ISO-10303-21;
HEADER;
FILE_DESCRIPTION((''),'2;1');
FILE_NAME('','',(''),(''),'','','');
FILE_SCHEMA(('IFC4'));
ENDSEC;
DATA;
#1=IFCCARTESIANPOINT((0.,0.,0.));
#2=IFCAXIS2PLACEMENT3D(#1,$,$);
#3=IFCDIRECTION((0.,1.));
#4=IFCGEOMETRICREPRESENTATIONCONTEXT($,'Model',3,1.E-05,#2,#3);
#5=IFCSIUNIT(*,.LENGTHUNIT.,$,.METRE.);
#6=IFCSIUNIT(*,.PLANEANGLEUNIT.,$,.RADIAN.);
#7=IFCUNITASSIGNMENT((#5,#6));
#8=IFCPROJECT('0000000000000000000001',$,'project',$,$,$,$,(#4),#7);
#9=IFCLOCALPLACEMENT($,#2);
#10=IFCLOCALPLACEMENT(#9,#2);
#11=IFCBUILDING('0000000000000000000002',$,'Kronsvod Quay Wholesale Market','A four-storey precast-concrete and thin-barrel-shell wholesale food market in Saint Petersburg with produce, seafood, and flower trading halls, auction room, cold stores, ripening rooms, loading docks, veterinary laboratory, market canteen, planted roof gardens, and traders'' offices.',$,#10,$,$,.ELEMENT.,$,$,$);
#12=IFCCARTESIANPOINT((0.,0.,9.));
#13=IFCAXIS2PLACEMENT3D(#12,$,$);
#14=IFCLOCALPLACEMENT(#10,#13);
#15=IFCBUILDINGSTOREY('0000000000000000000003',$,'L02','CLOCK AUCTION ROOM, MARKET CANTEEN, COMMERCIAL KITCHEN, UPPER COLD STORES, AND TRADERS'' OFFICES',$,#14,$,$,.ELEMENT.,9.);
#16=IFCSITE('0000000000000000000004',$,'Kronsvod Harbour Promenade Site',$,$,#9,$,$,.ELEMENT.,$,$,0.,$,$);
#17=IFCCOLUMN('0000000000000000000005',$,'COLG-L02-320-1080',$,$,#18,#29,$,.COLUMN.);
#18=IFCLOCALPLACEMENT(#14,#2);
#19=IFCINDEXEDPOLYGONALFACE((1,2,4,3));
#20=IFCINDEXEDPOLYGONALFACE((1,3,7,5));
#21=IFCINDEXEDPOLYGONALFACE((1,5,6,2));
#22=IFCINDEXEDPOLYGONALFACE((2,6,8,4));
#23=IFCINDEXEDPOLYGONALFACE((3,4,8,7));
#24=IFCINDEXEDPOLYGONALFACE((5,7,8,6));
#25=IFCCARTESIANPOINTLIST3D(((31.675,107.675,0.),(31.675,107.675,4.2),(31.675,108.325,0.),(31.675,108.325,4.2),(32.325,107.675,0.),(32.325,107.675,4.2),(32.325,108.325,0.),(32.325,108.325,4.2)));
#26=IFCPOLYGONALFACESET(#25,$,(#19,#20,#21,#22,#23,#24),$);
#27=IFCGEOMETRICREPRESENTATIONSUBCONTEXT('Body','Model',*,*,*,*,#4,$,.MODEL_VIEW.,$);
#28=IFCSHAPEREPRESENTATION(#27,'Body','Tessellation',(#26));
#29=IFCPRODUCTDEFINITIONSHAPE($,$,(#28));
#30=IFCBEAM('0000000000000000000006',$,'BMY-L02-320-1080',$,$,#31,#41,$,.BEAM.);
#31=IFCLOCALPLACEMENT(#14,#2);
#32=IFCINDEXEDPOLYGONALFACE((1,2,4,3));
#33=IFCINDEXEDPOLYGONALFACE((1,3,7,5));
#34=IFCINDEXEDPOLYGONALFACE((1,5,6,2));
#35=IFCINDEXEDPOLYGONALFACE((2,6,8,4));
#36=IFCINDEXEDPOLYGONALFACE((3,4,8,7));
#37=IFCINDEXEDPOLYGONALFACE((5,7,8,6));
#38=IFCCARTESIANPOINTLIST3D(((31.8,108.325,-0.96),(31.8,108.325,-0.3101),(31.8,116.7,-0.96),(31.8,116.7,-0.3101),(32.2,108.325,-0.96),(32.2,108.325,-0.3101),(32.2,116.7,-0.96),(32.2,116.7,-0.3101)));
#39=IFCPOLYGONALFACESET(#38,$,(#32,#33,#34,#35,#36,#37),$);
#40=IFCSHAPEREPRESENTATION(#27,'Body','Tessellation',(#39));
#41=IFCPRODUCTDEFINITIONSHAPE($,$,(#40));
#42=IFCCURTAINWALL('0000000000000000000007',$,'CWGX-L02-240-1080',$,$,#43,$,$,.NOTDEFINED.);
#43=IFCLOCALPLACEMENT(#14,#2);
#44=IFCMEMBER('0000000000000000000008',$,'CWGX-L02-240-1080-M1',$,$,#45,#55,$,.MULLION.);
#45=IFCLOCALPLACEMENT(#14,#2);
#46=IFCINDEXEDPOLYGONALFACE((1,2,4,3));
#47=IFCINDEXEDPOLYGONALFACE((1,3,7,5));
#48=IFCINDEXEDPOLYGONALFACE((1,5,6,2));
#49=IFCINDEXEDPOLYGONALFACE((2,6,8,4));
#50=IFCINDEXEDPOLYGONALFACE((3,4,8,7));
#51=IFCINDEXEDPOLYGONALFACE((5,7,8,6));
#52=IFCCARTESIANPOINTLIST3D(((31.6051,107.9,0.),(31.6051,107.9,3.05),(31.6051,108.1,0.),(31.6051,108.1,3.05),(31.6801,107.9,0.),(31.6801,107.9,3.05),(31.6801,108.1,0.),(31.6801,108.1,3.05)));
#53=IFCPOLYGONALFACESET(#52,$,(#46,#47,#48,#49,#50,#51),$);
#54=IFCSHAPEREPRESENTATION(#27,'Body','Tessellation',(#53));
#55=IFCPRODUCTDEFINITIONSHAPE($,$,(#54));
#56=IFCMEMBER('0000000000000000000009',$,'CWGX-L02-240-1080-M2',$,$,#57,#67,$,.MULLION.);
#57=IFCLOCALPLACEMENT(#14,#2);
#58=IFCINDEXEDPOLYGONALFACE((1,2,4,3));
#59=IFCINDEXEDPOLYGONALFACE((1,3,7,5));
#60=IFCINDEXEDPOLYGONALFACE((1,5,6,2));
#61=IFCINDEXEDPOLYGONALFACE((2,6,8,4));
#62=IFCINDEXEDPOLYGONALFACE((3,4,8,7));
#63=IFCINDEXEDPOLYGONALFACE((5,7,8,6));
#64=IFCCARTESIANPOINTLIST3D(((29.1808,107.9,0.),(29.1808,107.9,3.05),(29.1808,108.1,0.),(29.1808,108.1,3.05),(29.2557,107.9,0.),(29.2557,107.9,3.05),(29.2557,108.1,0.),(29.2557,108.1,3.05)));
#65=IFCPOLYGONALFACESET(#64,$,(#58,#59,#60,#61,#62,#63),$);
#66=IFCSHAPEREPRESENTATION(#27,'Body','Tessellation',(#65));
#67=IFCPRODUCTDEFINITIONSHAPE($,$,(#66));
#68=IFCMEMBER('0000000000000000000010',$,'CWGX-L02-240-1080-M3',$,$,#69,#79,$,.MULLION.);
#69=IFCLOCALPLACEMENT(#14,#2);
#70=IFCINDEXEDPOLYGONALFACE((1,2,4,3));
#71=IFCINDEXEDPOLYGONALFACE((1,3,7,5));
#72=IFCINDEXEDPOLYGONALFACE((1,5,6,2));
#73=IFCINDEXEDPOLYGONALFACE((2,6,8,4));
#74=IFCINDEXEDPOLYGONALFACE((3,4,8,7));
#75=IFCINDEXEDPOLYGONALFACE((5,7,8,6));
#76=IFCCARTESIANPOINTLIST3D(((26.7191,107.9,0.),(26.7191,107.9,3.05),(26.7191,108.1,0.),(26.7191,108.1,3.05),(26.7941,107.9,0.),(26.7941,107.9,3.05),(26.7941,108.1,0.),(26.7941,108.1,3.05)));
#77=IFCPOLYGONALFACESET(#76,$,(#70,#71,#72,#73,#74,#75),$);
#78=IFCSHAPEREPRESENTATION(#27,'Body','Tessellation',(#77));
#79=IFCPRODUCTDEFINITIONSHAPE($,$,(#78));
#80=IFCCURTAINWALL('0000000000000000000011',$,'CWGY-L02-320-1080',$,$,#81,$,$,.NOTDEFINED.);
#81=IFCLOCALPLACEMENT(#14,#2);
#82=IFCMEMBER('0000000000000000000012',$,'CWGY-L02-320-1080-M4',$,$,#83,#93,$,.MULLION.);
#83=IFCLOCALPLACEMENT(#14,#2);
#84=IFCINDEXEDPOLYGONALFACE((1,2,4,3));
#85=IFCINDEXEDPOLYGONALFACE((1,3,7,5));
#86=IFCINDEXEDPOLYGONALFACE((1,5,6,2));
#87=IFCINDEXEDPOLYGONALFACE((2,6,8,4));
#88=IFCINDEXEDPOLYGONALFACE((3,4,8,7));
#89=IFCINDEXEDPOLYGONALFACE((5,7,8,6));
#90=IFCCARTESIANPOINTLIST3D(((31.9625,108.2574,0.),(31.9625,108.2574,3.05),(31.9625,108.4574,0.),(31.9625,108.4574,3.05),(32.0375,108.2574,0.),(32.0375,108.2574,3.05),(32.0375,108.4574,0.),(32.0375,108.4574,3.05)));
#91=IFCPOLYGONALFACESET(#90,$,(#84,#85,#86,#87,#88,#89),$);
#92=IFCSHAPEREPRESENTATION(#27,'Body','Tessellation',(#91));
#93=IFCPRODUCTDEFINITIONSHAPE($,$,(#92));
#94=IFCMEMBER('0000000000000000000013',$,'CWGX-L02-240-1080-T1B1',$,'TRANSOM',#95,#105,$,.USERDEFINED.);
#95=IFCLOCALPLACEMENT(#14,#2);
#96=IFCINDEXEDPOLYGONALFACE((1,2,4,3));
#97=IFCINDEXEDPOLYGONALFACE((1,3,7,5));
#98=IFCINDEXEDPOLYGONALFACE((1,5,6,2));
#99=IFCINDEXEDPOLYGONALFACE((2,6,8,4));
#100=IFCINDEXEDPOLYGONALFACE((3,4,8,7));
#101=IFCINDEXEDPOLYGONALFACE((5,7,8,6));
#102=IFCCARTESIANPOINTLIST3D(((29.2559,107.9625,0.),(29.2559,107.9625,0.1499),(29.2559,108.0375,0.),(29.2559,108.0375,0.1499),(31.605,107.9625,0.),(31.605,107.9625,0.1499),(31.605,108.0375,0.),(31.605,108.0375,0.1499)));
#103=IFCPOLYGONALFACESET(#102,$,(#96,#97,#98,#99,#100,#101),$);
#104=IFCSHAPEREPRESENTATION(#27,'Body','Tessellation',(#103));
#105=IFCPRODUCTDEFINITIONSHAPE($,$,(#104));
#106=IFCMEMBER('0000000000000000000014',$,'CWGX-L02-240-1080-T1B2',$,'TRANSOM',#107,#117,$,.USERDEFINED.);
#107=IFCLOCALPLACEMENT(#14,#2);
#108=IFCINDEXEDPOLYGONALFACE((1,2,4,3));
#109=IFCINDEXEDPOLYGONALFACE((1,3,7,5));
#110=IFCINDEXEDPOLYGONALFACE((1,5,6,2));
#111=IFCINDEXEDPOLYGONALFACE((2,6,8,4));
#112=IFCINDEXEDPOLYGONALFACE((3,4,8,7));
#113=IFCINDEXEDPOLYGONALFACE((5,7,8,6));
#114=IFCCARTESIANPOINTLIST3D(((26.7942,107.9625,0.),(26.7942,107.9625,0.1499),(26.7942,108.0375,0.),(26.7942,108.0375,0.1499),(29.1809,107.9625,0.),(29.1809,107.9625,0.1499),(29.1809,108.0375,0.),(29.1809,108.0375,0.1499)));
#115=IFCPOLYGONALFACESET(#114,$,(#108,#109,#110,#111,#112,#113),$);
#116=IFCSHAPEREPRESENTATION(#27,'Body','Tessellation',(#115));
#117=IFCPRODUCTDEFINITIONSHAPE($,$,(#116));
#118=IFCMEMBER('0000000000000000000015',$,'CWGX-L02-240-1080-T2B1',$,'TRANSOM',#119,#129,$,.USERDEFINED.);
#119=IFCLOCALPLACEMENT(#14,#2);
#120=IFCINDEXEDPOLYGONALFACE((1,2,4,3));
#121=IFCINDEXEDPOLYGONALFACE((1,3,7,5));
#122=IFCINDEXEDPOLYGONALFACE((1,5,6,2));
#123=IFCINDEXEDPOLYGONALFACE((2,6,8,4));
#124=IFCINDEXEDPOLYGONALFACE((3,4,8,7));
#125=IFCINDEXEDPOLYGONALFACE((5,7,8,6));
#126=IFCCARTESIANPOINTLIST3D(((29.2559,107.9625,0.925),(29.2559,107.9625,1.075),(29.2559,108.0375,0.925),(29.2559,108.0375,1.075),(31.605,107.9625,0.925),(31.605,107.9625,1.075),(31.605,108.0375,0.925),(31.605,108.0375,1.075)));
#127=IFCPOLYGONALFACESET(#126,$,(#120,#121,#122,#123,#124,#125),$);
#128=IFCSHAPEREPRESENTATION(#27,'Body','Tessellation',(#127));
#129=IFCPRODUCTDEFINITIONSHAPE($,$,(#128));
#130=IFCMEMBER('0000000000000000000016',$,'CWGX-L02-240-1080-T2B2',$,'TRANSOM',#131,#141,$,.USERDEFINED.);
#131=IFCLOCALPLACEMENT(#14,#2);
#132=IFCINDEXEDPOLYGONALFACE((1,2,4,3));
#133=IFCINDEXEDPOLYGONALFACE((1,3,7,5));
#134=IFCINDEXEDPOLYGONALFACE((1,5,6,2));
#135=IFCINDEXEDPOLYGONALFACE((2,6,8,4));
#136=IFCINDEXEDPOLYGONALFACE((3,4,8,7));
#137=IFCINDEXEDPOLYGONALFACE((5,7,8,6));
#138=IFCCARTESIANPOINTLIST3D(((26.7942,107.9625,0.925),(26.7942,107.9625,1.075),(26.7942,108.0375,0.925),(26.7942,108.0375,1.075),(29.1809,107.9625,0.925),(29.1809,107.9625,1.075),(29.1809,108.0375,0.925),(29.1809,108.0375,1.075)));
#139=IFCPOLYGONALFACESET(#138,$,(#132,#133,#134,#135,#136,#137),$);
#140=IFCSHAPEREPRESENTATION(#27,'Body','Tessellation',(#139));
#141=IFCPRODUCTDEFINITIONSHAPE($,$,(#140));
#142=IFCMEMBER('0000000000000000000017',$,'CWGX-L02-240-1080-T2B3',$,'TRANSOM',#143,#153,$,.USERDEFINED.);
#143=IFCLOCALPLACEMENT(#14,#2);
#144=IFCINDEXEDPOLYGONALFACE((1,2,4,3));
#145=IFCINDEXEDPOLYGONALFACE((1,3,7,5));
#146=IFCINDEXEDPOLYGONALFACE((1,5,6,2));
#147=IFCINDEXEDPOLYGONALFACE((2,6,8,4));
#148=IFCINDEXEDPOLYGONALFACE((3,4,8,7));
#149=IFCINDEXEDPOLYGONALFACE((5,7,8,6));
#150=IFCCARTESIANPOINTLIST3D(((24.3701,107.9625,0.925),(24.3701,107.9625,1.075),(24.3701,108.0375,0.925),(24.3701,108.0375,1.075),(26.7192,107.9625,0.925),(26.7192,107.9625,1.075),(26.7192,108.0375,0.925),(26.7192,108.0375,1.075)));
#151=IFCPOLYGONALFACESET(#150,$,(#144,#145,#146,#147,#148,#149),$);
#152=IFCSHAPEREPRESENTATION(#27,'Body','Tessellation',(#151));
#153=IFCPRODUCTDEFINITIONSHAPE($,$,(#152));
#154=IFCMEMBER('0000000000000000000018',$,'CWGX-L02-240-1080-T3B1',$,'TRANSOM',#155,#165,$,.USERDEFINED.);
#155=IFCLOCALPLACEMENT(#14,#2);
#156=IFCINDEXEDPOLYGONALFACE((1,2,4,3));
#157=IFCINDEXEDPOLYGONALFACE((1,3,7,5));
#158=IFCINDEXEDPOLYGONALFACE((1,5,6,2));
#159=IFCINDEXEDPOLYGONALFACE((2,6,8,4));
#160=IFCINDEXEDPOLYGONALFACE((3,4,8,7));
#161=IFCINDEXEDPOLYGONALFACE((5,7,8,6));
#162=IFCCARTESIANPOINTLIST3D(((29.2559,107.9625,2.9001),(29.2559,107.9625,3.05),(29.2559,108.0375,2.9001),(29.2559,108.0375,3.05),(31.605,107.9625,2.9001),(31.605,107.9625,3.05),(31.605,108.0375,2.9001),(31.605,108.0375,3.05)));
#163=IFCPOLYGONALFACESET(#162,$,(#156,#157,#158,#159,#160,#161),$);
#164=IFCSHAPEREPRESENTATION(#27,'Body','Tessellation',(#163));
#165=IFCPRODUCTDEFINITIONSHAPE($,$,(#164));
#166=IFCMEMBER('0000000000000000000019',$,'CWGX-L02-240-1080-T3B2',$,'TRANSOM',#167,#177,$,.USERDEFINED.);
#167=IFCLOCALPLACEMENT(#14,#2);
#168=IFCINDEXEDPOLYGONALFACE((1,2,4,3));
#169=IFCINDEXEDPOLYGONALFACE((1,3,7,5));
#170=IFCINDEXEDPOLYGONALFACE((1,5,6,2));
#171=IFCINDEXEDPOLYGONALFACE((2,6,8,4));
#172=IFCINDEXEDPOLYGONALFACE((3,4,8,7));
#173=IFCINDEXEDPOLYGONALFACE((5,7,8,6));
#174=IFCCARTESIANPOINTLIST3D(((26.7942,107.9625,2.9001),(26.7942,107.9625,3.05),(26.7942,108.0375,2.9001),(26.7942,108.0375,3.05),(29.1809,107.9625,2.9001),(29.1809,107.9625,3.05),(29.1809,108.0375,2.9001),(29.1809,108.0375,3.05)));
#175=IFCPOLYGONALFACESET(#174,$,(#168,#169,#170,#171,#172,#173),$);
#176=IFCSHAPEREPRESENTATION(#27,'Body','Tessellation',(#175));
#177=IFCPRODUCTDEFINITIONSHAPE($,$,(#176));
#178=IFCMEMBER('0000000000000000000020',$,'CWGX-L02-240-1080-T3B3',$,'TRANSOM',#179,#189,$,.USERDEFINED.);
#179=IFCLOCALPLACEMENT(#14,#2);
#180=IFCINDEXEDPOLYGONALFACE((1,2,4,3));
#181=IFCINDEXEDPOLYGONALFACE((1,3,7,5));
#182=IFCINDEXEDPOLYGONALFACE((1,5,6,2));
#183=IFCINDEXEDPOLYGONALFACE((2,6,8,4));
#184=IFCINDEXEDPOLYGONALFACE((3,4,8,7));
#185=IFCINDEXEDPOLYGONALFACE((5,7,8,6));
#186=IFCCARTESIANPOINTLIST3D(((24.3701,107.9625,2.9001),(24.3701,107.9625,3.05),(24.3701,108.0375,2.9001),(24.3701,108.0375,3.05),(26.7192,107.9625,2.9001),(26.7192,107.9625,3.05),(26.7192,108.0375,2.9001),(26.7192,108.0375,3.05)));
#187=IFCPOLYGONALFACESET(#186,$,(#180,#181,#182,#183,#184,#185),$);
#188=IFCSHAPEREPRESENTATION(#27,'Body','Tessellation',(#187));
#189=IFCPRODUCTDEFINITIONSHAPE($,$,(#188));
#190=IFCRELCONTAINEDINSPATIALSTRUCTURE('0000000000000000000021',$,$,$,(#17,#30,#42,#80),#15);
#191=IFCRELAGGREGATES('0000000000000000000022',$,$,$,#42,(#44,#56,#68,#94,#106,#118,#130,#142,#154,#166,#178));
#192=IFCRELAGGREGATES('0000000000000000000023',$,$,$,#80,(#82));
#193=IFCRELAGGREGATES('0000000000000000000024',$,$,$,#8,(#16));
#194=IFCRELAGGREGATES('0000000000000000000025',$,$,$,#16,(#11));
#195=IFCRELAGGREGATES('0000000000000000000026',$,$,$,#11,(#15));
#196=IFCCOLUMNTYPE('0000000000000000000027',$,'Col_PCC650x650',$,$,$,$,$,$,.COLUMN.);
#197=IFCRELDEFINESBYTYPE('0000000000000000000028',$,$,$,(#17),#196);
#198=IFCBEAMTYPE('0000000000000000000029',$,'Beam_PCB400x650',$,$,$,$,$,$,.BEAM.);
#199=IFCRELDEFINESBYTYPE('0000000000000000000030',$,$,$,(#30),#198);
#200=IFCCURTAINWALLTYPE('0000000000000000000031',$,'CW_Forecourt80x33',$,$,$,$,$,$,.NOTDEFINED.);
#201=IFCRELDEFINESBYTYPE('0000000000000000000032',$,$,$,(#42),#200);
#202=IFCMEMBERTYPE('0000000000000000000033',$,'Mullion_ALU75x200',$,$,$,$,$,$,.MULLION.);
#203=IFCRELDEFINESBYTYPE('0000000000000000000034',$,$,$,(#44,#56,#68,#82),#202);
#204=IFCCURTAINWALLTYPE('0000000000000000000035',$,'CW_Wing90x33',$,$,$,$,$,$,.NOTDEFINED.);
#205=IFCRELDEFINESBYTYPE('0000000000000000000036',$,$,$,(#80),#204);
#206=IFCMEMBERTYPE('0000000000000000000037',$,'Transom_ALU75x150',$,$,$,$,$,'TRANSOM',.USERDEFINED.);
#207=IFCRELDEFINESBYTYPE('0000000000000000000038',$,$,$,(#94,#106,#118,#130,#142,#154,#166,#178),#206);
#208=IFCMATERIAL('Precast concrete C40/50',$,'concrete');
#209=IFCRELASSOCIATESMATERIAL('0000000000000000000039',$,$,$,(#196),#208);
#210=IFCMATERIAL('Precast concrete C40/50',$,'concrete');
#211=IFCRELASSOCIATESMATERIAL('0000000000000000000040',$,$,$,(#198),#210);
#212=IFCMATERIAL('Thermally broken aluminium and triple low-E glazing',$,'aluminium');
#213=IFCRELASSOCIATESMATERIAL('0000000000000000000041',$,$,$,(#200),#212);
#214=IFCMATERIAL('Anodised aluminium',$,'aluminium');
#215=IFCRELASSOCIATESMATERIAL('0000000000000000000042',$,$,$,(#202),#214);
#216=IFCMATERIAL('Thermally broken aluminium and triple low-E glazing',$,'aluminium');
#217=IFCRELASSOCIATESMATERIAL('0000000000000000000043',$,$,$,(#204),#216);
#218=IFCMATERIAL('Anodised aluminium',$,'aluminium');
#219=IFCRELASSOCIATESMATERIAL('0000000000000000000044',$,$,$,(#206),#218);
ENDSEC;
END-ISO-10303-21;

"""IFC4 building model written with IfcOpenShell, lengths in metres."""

from ifc_helpers import new_model, si_unit, direction, frame, origin, origin_2d, place, context, subcontext, project, spatial, rectangle, extrude, material, material_profile, profile_set, type_object, element, aggregate, save


model = new_model("IFC4")

# Units and contexts
model_context = context("Model", 3, precision=1e-05, world=origin(), true_north=direction((0.0, 1.0)))
body_context = subcontext(model_context, "Body", "Model", "MODEL_VIEW")
ifc_project = project(units=[si_unit("LENGTHUNIT", "METRE"), si_unit("PLANEANGLEUNIT", "RADIAN")], contexts=[model_context])

# Site, building, storey
site_placement = place(None, origin())
site = spatial("IfcSite", under=ifc_project, at=site_placement, Name="Kronsvod Harbour Promenade Site", CompositionType="ELEMENT", RefElevation=0.0)
building_placement = place(site_placement, origin())
building = spatial("IfcBuilding", under=site, at=building_placement, Name="Kronsvod Quay Wholesale Market", Description="A four-storey precast-concrete and thin-barrel-shell wholesale food market in Saint Petersburg with produce, seafood, and flower trading halls, auction room, cold stores, ripening rooms, loading docks, veterinary laboratory, market canteen, planted roof gardens, and traders' offices.", CompositionType="ELEMENT")
storey_placement = place(building_placement, frame((0.0, 0.0, 9.0)))
storey = spatial("IfcBuildingStorey", under=building, at=storey_placement, Name="L02", Description="CLOCK AUCTION ROOM, MARKET CANTEEN, COMMERCIAL KITCHEN, UPPER COLD STORES, AND TRADERS' OFFICES", CompositionType="ELEMENT", Elevation=9.0)

# Column
ifc_material_1 = material(Name="Precast concrete C40/50", Category="concrete")
ifc_material_profile_1 = material_profile(ifc_material_1, rectangle(XDim=0.6499, YDim=0.6499, at=origin_2d()), Name="COL-08")
ifc_profile_set_1 = profile_set([ifc_material_profile_1], Name="Precast concrete C40/50")
column_type = type_object("IfcColumnType", Name="Col_PCC650x650", PredefinedType="COLUMN", material=ifc_profile_set_1)
column_placement = place(storey_placement, frame((32.0, 108.0, 0.0), z_axis=(0.0, 0.0, 1.0), x_axis=(1.0, 0.0, 0.0)))
element("IfcColumn", 1, at=column_placement, inside=storey, type_object=column_type, Name="COLG-L02-320-1080", PredefinedType="COLUMN", context=body_context, shape_type="SweptSolid", body=[
    extrude(rectangle(XDim=0.6499, YDim=0.6499, at=origin_2d()), origin(), (0.0, 0.0, 1.0), 4.2),
])

# Beam
ifc_material_2 = material(Name="Precast concrete C40/50", Category="concrete")
ifc_material_profile_2 = material_profile(ifc_material_2, rectangle(XDim=0.3999, YDim=0.6499, at=origin_2d()), Name="PCB400x650")
ifc_profile_set_2 = profile_set([ifc_material_profile_2], Name="Precast concrete C40/50")
beam_type = type_object("IfcBeamType", Name="Beam_PCB400x650", PredefinedType="BEAM", material=ifc_profile_set_2)
beam_placement = place(storey_placement, frame((32.0, 108.325, -0.635), z_axis=(0.0, 1.0, 0.0), x_axis=(-1.0, 0.0, 0.0)))
element("IfcBeam", 2, at=beam_placement, inside=storey, type_object=beam_type, Name="BMY-L02-320-1080", PredefinedType="BEAM", context=body_context, shape_type="SweptSolid", body=[
    extrude(rectangle(XDim=0.3999, YDim=0.6499, at=origin_2d()), origin(), (0.0, 0.0, 1.0), 8.375),
])

# Curtain wall, members
ifc_material_3 = material(Name="Thermally broken aluminium and triple low-E glazing", Category="aluminium")
curtain_wall_type_1 = type_object("IfcCurtainWallType", Name="CW_Forecourt80x33", PredefinedType="NOTDEFINED", material=ifc_material_3)
curtain_wall_1_placement = place(storey_placement, origin())
curtain_wall_1 = element("IfcCurtainWall", 3, at=curtain_wall_1_placement, inside=storey, type_object=curtain_wall_type_1, Name="CWGX-L02-240-1080", PredefinedType="NOTDEFINED")
ifc_material_4 = material(Name="Anodised aluminium", Category="aluminium")
ifc_material_profile_3 = material_profile(ifc_material_4, rectangle(XDim=0.075, YDim=0.2, at=origin_2d()), Name="ALUM75x200")
ifc_profile_set_3 = profile_set([ifc_material_profile_3], Name="Anodised aluminium")
member_type_1 = type_object("IfcMemberType", Name="Mullion_ALU75x200", PredefinedType="MULLION", material=ifc_profile_set_3)
member_1_placement = place(storey_placement, frame((31.6426, 108.0, 0.0), z_axis=(0.0, 0.0, 1.0), x_axis=(1.0, 0.0, 0.0)))
member_1 = element("IfcMember", 4, at=member_1_placement, type_object=member_type_1, Name="CWGX-L02-240-1080-M1", PredefinedType="MULLION", context=body_context, shape_type="SweptSolid", body=[
    extrude(rectangle(XDim=0.075, YDim=0.2, at=origin_2d()), origin(), (0.0, 0.0, 1.0), 3.05),
])
member_2_placement = place(storey_placement, frame((29.2183, 108.0, 0.0), z_axis=(0.0, 0.0, 1.0), x_axis=(1.0, 0.0, 0.0)))
member_2 = element("IfcMember", 5, at=member_2_placement, type_object=member_type_1, Name="CWGX-L02-240-1080-M2", PredefinedType="MULLION", context=body_context, shape_type="SweptSolid", body=[
    extrude(rectangle(XDim=0.075, YDim=0.2, at=origin_2d()), origin(), (0.0, 0.0, 1.0), 3.05),
])
member_3_placement = place(storey_placement, frame((26.7566, 108.0, 0.0), z_axis=(0.0, 0.0, 1.0), x_axis=(1.0, 0.0, 0.0)))
member_3 = element("IfcMember", 6, at=member_3_placement, type_object=member_type_1, Name="CWGX-L02-240-1080-M3", PredefinedType="MULLION", context=body_context, shape_type="SweptSolid", body=[
    extrude(rectangle(XDim=0.075, YDim=0.2, at=origin_2d()), origin(), (0.0, 0.0, 1.0), 3.05),
])

# Curtain wall, member
ifc_material_5 = material(Name="Thermally broken aluminium and triple low-E glazing", Category="aluminium")
curtain_wall_type_2 = type_object("IfcCurtainWallType", Name="CW_Wing90x33", PredefinedType="NOTDEFINED", material=ifc_material_5)
curtain_wall_2_placement = place(storey_placement, origin())
curtain_wall_2 = element("IfcCurtainWall", 7, at=curtain_wall_2_placement, inside=storey, type_object=curtain_wall_type_2, Name="CWGY-L02-320-1080", PredefinedType="NOTDEFINED")
member_4_placement = place(storey_placement, frame((32.0, 108.3574, 0.0), z_axis=(0.0, 0.0, 1.0), x_axis=(1.0, 0.0, 0.0)))
member_4 = element("IfcMember", 8, at=member_4_placement, type_object=member_type_1, Name="CWGY-L02-320-1080-M4", PredefinedType="MULLION", context=body_context, shape_type="SweptSolid", body=[
    extrude(rectangle(XDim=0.075, YDim=0.2, at=origin_2d()), origin(), (0.0, 0.0, 1.0), 3.05),
])

# Members
ifc_material_6 = material(Name="Anodised aluminium", Category="aluminium")
ifc_material_profile_4 = material_profile(ifc_material_6, rectangle(XDim=0.075, YDim=0.1499, at=origin_2d()), Name="ALUT75x150")
ifc_profile_set_4 = profile_set([ifc_material_profile_4], Name="Anodised aluminium")
member_type_2 = type_object("IfcMemberType", Name="Transom_ALU75x150", ElementType="TRANSOM", PredefinedType="USERDEFINED", material=ifc_profile_set_4)
member_5_placement = place(storey_placement, frame((31.605, 108.0, 0.075), z_axis=(-1.0, 0.0, 0.0), x_axis=(0.0, -1.0, 0.0)))
member_5 = element("IfcMember", 9, at=member_5_placement, type_object=member_type_2, Name="CWGX-L02-240-1080-T1B1", ObjectType="TRANSOM", PredefinedType="USERDEFINED", context=body_context, shape_type="SweptSolid", body=[
    extrude(rectangle(XDim=0.075, YDim=0.1499, at=origin_2d()), origin(), (0.0, 0.0, 1.0), 2.3491),
])
member_6_placement = place(storey_placement, frame((29.1809, 108.0, 0.075), z_axis=(-1.0, 0.0, 0.0), x_axis=(0.0, -1.0, 0.0)))
member_6 = element("IfcMember", 10, at=member_6_placement, type_object=member_type_2, Name="CWGX-L02-240-1080-T1B2", ObjectType="TRANSOM", PredefinedType="USERDEFINED", context=body_context, shape_type="SweptSolid", body=[
    extrude(rectangle(XDim=0.075, YDim=0.1499, at=origin_2d()), origin(), (0.0, 0.0, 1.0), 2.3867),
])
member_7_placement = place(storey_placement, frame((31.605, 108.0, 1.0), z_axis=(-1.0, 0.0, 0.0), x_axis=(0.0, -1.0, 0.0)))
member_7 = element("IfcMember", 11, at=member_7_placement, type_object=member_type_2, Name="CWGX-L02-240-1080-T2B1", ObjectType="TRANSOM", PredefinedType="USERDEFINED", context=body_context, shape_type="SweptSolid", body=[
    extrude(rectangle(XDim=0.075, YDim=0.1499, at=origin_2d()), origin(), (0.0, 0.0, 1.0), 2.3491),
])
member_8_placement = place(storey_placement, frame((29.1809, 108.0, 1.0), z_axis=(-1.0, 0.0, 0.0), x_axis=(0.0, -1.0, 0.0)))
member_8 = element("IfcMember", 12, at=member_8_placement, type_object=member_type_2, Name="CWGX-L02-240-1080-T2B2", ObjectType="TRANSOM", PredefinedType="USERDEFINED", context=body_context, shape_type="SweptSolid", body=[
    extrude(rectangle(XDim=0.075, YDim=0.1499, at=origin_2d()), origin(), (0.0, 0.0, 1.0), 2.3867),
])
member_9_placement = place(storey_placement, frame((26.7192, 108.0, 1.0), z_axis=(-1.0, 0.0, 0.0), x_axis=(0.0, -1.0, 0.0)))
member_9 = element("IfcMember", 13, at=member_9_placement, type_object=member_type_2, Name="CWGX-L02-240-1080-T2B3", ObjectType="TRANSOM", PredefinedType="USERDEFINED", context=body_context, shape_type="SweptSolid", body=[
    extrude(rectangle(XDim=0.075, YDim=0.1499, at=origin_2d()), origin(), (0.0, 0.0, 1.0), 2.3491),
])
member_10_placement = place(storey_placement, frame((31.605, 108.0, 2.9751), z_axis=(-1.0, 0.0, 0.0), x_axis=(0.0, -1.0, 0.0)))
member_10 = element("IfcMember", 14, at=member_10_placement, type_object=member_type_2, Name="CWGX-L02-240-1080-T3B1", ObjectType="TRANSOM", PredefinedType="USERDEFINED", context=body_context, shape_type="SweptSolid", body=[
    extrude(rectangle(XDim=0.075, YDim=0.1499, at=origin_2d()), origin(), (0.0, 0.0, 1.0), 2.3491),
])
member_11_placement = place(storey_placement, frame((29.1809, 108.0, 2.9751), z_axis=(-1.0, 0.0, 0.0), x_axis=(0.0, -1.0, 0.0)))
member_11 = element("IfcMember", 15, at=member_11_placement, type_object=member_type_2, Name="CWGX-L02-240-1080-T3B2", ObjectType="TRANSOM", PredefinedType="USERDEFINED", context=body_context, shape_type="SweptSolid", body=[
    extrude(rectangle(XDim=0.075, YDim=0.1499, at=origin_2d()), origin(), (0.0, 0.0, 1.0), 2.3867),
])
member_12_placement = place(storey_placement, frame((26.7192, 108.0, 2.9751), z_axis=(-1.0, 0.0, 0.0), x_axis=(0.0, -1.0, 0.0)))
member_12 = element("IfcMember", 16, at=member_12_placement, type_object=member_type_2, Name="CWGX-L02-240-1080-T3B3", ObjectType="TRANSOM", PredefinedType="USERDEFINED", context=body_context, shape_type="SweptSolid", body=[
    extrude(rectangle(XDim=0.075, YDim=0.1499, at=origin_2d()), origin(), (0.0, 0.0, 1.0), 2.3491),
])

aggregate(curtain_wall_1, [member_1, member_2, member_3, member_5, member_6, member_7, member_8, member_9, member_10, member_11, member_12])
aggregate(curtain_wall_2, [member_4])

save(model, "model.ifc")
